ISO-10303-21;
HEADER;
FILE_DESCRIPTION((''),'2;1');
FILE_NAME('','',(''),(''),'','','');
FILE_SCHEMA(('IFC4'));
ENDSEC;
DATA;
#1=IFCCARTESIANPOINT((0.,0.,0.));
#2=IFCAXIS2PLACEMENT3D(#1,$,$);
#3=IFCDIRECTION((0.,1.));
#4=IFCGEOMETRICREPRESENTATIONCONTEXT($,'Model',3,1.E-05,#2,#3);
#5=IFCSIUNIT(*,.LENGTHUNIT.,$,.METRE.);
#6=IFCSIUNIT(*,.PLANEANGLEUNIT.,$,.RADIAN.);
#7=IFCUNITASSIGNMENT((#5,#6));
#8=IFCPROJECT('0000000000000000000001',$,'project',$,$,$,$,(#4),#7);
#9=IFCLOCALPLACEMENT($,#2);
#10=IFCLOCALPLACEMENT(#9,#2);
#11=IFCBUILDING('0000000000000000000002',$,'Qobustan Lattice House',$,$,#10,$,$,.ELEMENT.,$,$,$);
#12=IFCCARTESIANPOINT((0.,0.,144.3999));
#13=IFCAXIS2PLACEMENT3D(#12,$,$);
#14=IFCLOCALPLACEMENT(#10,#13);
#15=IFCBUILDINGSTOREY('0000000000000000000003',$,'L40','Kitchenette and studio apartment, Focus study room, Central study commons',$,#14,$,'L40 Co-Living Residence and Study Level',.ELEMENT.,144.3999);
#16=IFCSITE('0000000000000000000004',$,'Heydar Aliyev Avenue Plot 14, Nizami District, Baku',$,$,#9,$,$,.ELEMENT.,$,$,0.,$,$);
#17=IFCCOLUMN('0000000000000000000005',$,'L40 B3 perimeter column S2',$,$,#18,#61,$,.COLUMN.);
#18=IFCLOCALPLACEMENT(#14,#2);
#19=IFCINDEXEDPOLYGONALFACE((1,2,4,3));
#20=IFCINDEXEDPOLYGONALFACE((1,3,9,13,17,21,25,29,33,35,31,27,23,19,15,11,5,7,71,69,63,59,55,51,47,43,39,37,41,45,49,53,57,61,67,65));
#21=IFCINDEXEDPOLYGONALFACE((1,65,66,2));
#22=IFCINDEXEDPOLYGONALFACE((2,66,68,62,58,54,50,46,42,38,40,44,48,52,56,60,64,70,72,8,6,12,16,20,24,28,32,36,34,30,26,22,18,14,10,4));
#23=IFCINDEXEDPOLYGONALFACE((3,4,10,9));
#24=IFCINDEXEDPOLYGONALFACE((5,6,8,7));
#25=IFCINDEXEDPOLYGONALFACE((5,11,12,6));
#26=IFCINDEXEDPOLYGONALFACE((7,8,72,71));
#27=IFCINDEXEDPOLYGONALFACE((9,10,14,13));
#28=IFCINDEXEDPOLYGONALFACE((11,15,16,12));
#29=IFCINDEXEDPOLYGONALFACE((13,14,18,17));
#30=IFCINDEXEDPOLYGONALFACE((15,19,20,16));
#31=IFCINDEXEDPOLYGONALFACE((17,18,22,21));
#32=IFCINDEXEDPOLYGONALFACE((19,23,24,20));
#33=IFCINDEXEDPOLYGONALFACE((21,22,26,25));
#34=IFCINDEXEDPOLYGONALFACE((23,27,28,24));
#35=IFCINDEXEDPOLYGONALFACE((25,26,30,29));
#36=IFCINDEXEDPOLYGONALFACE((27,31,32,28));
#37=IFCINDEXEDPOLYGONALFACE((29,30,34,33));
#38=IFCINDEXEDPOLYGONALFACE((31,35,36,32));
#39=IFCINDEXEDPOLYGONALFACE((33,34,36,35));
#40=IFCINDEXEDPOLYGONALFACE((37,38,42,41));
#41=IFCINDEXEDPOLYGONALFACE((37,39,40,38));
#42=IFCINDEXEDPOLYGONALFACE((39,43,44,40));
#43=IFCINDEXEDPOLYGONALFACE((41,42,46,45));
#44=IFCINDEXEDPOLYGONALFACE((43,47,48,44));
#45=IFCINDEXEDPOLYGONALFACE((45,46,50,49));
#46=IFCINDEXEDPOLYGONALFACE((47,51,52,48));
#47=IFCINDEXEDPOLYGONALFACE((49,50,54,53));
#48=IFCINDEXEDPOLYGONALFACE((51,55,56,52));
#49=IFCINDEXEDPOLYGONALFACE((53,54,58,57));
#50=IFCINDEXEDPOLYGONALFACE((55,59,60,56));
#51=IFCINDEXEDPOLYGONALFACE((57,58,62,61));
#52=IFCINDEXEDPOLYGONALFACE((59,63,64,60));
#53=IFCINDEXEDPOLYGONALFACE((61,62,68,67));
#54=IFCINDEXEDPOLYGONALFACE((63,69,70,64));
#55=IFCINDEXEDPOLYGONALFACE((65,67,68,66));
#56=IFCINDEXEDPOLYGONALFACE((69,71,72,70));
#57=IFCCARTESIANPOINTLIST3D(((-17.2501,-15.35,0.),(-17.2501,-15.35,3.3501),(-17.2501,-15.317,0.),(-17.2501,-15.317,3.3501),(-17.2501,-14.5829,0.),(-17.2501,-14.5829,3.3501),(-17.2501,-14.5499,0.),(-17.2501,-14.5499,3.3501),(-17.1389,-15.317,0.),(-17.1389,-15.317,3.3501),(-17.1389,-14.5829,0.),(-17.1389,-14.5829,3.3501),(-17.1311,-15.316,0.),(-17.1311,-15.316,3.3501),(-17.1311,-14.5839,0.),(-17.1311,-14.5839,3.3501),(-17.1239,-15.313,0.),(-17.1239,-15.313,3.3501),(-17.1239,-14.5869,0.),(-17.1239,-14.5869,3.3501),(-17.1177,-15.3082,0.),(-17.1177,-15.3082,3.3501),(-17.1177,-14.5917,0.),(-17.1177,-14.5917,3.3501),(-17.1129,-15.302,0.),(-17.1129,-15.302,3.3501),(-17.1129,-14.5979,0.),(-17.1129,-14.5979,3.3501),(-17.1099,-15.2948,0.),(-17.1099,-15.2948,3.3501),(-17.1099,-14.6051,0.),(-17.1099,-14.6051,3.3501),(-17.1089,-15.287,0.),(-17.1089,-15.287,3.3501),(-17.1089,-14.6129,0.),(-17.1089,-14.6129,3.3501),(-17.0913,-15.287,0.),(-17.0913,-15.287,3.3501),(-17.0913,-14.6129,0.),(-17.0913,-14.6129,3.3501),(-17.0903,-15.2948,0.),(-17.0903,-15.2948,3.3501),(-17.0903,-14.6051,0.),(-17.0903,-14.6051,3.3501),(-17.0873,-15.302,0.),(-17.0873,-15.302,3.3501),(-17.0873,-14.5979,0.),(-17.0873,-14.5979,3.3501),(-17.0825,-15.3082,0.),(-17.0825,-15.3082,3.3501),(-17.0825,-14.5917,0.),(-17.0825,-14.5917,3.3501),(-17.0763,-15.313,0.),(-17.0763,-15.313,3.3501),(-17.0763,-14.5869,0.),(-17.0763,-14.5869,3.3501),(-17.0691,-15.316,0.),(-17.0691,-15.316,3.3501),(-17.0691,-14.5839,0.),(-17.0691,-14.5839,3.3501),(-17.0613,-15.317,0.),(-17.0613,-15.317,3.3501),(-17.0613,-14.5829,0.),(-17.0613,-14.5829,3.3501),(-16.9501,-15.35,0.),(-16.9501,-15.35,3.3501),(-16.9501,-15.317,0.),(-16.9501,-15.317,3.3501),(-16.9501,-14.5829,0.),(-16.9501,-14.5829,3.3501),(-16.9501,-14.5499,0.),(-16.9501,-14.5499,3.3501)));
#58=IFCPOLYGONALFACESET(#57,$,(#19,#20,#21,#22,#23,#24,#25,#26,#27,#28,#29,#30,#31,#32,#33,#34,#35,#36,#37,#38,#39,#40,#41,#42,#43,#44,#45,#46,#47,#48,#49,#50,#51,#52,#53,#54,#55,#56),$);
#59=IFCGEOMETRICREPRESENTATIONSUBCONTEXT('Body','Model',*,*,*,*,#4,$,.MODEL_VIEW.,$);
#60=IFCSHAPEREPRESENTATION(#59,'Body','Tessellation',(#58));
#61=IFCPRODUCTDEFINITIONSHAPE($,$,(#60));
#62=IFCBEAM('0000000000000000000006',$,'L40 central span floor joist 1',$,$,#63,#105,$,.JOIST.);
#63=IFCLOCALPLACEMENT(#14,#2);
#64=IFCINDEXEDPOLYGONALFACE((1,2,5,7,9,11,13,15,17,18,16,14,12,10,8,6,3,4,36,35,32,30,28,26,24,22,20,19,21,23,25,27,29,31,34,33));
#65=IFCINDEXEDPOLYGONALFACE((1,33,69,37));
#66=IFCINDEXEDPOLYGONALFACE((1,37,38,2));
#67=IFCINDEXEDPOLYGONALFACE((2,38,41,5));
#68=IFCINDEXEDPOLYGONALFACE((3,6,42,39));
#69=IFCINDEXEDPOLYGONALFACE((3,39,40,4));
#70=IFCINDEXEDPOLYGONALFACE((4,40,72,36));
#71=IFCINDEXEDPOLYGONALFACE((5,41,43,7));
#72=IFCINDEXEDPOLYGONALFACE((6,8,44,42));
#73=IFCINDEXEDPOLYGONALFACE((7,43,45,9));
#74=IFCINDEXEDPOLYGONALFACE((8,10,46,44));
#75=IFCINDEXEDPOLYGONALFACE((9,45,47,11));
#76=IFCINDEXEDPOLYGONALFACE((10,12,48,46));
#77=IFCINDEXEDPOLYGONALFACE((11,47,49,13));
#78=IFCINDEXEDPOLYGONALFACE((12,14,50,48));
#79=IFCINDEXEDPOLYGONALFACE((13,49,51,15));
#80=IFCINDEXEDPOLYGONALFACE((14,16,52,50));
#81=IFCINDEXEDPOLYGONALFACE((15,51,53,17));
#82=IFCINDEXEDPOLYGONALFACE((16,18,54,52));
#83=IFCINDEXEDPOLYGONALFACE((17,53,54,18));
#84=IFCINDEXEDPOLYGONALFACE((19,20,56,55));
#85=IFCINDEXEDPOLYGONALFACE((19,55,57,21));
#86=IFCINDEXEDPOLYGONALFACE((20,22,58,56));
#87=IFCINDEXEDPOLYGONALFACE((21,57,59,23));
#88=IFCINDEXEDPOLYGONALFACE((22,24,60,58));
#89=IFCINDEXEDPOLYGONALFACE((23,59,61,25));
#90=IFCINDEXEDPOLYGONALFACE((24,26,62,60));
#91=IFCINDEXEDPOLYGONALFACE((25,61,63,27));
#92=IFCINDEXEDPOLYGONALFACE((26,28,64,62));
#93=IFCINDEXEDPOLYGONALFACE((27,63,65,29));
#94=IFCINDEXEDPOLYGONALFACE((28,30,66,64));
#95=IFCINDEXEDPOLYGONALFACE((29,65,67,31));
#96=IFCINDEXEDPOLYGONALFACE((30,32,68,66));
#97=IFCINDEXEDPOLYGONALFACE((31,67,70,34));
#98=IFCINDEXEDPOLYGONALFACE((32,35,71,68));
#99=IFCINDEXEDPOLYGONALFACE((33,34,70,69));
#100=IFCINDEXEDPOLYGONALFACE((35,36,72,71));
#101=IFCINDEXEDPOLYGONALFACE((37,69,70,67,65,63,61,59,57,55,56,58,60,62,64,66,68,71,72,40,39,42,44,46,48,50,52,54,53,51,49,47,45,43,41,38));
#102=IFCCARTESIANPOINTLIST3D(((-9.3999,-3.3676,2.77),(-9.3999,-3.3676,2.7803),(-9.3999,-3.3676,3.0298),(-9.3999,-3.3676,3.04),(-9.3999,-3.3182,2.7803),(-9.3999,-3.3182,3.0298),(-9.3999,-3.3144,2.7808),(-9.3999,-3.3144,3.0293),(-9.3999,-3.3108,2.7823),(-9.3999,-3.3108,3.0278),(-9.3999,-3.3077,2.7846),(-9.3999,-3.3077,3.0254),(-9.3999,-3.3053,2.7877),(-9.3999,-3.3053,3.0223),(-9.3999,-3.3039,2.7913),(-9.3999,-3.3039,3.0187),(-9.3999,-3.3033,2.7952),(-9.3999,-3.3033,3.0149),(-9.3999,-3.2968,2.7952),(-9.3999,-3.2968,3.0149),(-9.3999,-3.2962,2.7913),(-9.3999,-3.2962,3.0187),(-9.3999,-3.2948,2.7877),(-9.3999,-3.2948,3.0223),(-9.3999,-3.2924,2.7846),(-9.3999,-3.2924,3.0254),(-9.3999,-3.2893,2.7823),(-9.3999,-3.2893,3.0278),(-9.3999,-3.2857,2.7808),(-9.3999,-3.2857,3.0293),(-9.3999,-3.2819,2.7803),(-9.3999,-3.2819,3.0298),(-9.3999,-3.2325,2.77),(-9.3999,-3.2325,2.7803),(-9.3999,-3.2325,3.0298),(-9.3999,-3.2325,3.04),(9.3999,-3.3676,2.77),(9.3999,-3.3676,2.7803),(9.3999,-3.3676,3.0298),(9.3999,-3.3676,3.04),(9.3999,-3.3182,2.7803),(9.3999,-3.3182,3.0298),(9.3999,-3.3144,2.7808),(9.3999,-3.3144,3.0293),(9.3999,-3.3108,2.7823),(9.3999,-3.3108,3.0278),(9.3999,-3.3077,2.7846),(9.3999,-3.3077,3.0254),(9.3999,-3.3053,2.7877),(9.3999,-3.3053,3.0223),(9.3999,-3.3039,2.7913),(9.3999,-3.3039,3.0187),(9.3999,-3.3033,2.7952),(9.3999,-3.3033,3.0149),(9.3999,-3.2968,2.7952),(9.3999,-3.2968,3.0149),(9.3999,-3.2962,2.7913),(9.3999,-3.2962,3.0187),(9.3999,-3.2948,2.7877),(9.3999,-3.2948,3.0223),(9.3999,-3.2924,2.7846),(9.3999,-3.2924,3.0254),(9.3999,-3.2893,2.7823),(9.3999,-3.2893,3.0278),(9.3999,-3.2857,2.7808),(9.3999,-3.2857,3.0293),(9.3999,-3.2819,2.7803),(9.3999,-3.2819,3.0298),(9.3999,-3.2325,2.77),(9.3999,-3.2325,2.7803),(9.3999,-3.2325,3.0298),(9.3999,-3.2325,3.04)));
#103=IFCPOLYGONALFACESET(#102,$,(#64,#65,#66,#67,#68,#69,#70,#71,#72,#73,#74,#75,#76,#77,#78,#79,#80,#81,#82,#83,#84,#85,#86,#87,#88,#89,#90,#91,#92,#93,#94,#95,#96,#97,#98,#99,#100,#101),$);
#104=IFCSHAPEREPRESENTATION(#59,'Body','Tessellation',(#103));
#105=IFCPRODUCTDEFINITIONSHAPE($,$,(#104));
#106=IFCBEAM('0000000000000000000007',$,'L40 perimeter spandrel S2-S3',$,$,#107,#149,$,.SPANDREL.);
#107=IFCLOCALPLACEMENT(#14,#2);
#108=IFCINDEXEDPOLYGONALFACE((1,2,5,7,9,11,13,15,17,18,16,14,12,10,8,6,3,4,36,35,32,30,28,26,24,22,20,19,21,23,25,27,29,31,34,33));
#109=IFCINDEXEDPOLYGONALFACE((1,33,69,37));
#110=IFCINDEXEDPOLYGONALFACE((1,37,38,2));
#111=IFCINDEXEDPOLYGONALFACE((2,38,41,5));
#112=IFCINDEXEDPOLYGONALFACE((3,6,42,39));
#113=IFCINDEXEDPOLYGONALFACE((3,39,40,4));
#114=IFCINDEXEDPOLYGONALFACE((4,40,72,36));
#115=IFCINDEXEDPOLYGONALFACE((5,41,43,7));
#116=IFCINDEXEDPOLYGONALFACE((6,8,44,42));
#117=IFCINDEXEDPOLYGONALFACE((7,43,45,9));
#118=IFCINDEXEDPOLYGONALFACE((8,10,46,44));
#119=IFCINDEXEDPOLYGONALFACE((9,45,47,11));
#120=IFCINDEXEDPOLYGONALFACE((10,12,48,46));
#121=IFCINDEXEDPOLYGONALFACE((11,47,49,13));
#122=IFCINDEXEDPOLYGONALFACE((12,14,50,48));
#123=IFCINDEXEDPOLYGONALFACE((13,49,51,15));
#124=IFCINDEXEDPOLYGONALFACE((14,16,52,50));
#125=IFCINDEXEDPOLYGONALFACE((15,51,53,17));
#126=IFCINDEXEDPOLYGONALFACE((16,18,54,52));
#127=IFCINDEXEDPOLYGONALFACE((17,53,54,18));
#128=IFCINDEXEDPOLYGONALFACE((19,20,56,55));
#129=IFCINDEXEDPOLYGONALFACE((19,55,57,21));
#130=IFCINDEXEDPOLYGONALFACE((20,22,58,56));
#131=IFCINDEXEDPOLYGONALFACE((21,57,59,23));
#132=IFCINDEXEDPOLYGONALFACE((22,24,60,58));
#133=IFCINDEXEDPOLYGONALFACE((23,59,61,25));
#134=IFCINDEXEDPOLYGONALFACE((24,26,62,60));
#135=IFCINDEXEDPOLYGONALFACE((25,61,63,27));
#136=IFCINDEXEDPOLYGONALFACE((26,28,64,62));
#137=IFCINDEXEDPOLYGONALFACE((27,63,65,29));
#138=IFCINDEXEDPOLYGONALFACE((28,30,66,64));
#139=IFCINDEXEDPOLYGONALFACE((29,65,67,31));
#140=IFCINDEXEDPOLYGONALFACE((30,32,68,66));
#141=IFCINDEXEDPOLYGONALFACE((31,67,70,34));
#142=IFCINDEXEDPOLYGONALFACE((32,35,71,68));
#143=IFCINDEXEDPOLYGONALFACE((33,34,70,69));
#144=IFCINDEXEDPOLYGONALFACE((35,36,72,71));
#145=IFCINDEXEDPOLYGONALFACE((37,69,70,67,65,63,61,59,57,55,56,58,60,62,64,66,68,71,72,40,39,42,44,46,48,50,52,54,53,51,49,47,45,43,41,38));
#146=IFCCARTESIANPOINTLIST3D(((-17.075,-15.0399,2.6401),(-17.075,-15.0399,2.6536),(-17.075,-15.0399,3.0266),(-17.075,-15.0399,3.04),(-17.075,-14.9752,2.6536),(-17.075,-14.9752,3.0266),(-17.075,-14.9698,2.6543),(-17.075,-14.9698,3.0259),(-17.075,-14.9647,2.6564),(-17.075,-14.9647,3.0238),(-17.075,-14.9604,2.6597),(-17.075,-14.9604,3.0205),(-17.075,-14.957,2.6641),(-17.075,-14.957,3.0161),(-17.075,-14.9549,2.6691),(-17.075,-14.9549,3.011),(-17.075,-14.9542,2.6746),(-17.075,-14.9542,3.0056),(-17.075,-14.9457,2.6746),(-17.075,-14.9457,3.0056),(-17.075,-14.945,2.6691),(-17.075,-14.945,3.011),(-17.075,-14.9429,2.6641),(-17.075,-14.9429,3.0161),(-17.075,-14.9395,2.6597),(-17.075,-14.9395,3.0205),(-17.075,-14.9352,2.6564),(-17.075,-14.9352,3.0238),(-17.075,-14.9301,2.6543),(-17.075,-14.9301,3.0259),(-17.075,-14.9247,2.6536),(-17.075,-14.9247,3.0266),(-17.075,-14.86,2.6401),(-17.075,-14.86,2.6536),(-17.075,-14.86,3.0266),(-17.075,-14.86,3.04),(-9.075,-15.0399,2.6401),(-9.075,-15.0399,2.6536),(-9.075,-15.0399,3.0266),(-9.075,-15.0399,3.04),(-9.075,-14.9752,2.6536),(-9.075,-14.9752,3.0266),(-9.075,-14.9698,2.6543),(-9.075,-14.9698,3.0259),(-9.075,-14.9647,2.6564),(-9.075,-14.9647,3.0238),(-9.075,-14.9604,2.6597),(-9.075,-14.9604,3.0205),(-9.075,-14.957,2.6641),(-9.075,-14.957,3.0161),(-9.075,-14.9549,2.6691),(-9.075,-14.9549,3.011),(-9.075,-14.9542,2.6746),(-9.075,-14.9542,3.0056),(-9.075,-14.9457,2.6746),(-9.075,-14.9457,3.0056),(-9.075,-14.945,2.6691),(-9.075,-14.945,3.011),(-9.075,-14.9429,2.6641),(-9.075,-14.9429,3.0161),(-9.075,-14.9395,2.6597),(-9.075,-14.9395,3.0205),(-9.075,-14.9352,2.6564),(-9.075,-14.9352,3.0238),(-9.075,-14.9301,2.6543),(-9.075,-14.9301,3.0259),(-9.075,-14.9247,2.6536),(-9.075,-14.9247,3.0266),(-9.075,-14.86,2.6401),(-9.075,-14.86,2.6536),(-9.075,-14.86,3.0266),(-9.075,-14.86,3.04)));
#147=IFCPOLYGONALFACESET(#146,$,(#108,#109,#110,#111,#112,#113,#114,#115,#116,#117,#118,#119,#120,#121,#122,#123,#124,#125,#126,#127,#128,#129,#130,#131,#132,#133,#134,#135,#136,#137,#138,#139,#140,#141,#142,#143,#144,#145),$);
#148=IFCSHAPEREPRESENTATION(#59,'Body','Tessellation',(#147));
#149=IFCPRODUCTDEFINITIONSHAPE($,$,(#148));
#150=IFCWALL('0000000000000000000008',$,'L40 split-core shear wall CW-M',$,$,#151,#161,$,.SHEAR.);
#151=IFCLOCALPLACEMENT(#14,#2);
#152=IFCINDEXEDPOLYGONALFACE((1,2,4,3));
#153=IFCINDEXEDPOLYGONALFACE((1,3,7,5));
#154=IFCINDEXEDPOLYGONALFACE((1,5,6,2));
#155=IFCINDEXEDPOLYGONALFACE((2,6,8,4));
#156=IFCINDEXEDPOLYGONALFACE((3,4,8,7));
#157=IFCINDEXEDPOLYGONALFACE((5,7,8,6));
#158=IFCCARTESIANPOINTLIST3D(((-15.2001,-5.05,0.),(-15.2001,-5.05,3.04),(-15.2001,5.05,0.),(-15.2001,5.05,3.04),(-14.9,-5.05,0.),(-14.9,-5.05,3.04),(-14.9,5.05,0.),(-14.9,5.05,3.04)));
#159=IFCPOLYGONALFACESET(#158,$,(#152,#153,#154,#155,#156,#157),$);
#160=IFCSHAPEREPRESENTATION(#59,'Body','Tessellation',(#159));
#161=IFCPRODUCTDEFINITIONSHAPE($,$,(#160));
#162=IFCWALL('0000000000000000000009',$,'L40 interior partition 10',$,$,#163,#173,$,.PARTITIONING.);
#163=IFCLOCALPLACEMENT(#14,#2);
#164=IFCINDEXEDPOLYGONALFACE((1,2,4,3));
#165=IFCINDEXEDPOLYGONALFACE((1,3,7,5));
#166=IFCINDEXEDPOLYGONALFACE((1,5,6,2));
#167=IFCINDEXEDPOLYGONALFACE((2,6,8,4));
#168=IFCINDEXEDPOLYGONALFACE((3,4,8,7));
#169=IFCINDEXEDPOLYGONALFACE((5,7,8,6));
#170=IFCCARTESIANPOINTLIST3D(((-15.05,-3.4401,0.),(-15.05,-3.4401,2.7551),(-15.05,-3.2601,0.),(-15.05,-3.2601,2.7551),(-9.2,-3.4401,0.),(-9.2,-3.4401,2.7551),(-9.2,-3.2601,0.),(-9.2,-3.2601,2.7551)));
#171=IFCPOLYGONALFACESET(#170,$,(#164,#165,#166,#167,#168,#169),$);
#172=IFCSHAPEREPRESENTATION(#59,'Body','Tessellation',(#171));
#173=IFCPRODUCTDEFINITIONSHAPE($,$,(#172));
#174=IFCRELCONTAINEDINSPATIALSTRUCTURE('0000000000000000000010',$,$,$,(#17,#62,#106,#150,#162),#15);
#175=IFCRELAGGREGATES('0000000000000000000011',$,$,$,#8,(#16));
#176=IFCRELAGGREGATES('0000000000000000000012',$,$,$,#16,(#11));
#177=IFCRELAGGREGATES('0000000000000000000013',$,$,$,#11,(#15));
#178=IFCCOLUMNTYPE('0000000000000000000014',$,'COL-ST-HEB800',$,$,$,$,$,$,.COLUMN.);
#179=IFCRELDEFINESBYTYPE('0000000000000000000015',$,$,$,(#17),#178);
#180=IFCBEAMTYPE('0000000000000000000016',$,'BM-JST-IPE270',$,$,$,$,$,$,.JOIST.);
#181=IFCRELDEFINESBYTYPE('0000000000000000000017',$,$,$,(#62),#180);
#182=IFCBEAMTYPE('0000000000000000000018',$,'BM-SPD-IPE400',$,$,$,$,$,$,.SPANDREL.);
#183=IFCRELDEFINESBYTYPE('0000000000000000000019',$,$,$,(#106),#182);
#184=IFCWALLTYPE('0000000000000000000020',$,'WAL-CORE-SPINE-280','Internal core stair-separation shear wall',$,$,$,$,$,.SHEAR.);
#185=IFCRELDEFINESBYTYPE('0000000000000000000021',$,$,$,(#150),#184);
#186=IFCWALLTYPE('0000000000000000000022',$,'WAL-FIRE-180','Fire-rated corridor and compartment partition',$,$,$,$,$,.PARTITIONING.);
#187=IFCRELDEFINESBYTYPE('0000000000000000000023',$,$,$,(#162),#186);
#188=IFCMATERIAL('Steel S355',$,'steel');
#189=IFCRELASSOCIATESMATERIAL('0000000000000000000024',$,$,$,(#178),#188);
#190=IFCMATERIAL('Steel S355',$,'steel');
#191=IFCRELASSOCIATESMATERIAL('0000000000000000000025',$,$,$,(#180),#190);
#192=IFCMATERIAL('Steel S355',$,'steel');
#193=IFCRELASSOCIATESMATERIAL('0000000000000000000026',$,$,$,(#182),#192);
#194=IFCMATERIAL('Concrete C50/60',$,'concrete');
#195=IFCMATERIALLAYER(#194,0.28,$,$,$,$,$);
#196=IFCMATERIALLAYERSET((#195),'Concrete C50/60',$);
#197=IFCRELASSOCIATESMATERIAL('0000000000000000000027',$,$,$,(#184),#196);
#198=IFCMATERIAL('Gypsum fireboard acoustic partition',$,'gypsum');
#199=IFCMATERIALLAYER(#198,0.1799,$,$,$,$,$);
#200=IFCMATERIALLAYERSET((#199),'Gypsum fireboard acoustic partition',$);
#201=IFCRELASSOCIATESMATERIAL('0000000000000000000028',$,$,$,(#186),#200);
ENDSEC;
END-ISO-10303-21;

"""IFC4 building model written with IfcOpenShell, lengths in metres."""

from ifc_helpers import new_model, si_unit, direction, frame, frame_2d, origin, origin_2d, place, context, subcontext, project, spatial, rectangle, i_section, extrude, material, layer, layer_set, material_profile, profile_set, type_object, element, save


model = new_model("IFC4")

# Units and contexts
model_context = context("Model", 3, precision=1e-05, world=origin(), true_north=direction((0.0, 1.0)))
body_context = subcontext(model_context, "Body", "Model", "MODEL_VIEW")
ifc_project = project(units=[si_unit("LENGTHUNIT", "METRE"), si_unit("PLANEANGLEUNIT", "RADIAN")], contexts=[model_context])

# Site, building, storey
site_placement = place(None, origin())
site = spatial("IfcSite", under=ifc_project, at=site_placement, Name="Heydar Aliyev Avenue Plot 14, Nizami District, Baku", CompositionType="ELEMENT", RefElevation=0.0)
building_placement = place(site_placement, origin())
building = spatial("IfcBuilding", under=site, at=building_placement, Name="Qobustan Lattice House", CompositionType="ELEMENT")
storey_placement = place(building_placement, frame((0.0, 0.0, 144.3999)))
storey = spatial("IfcBuildingStorey", under=building, at=storey_placement, Name="L40", Description="Kitchenette and studio apartment, Focus study room, Central study commons", LongName="L40 Co-Living Residence and Study Level", CompositionType="ELEMENT", Elevation=144.3999)

# Column
ifc_material_1 = material(Name="Steel S355", Category="steel")
ifc_material_profile_1 = material_profile(ifc_material_1, i_section(OverallWidth=0.3, OverallDepth=0.8, WebThickness=0.0176, FlangeThickness=0.033, FilletRadius=0.03, at=origin_2d()), Name="HEB800")
ifc_profile_set_1 = profile_set([ifc_material_profile_1], Name="Steel S355")
column_type = type_object("IfcColumnType", Name="COL-ST-HEB800", PredefinedType="COLUMN", material=ifc_profile_set_1)
column_placement = place(storey_placement, frame((-17.1001, -14.95, 0.0), z_axis=(0.0, 0.0, 1.0), x_axis=(1.0, 0.0, 0.0)))
element("IfcColumn", 1, at=column_placement, inside=storey, type_object=column_type, Name="L40 B3 perimeter column S2", PredefinedType="COLUMN", context=body_context, shape_type="SweptSolid", body=[
    extrude(i_section(OverallWidth=0.3, OverallDepth=0.8, WebThickness=0.0176, FlangeThickness=0.033, FilletRadius=0.03, at=origin_2d()), origin(), (0.0, 0.0, 1.0), 3.3501),
])

# Beams
ifc_material_2 = material(Name="Steel S355", Category="steel")
ifc_material_profile_2 = material_profile(ifc_material_2, i_section(OverallWidth=0.135, OverallDepth=0.27, WebThickness=0.0066, FlangeThickness=0.0103, FilletRadius=0.0149, at=origin_2d()), Name="IPE270")
ifc_profile_set_2 = profile_set([ifc_material_profile_2], Name="Steel S355")
beam_type_1 = type_object("IfcBeamType", Name="BM-JST-IPE270", PredefinedType="JOIST", material=ifc_profile_set_2)
beam_1_placement = place(storey_placement, frame((-9.3999, -3.3, 2.905), z_axis=(1.0, 0.0, 0.0), x_axis=(0.0, 1.0, 0.0)))
element("IfcBeam", 2, at=beam_1_placement, inside=storey, type_object=beam_type_1, Name="L40 central span floor joist 1", PredefinedType="JOIST", context=body_context, shape_type="SweptSolid", body=[
    extrude(i_section(OverallWidth=0.135, OverallDepth=0.27, WebThickness=0.0066, FlangeThickness=0.0103, FilletRadius=0.0149, at=origin_2d()), origin(), (0.0, 0.0, 1.0), 18.7998),
])
ifc_material_3 = material(Name="Steel S355", Category="steel")
ifc_material_profile_3 = material_profile(ifc_material_3, i_section(OverallWidth=0.1799, OverallDepth=0.3999, WebThickness=0.0085, FlangeThickness=0.0134, FilletRadius=0.021, at=origin_2d()), Name="IPE400")
ifc_profile_set_3 = profile_set([ifc_material_profile_3], Name="Steel S355")
beam_type_2 = type_object("IfcBeamType", Name="BM-SPD-IPE400", PredefinedType="SPANDREL", material=ifc_profile_set_3)
beam_2_placement = place(storey_placement, frame((-17.075, -14.95, 2.8401), z_axis=(1.0, 0.0, 0.0), x_axis=(0.0, 1.0, 0.0)))
element("IfcBeam", 3, at=beam_2_placement, inside=storey, type_object=beam_type_2, Name="L40 perimeter spandrel S2-S3", PredefinedType="SPANDREL", context=body_context, shape_type="SweptSolid", body=[
    extrude(i_section(OverallWidth=0.1799, OverallDepth=0.3999, WebThickness=0.0085, FlangeThickness=0.0134, FilletRadius=0.021, at=origin_2d()), origin(), (0.0, 0.0, 1.0), 8.0),
])

# Walls
ifc_material_4 = material(Name="Concrete C50/60", Category="concrete")
ifc_layer_1 = layer(ifc_material_4, 0.28)
ifc_layer_set_1 = layer_set([ifc_layer_1], Name="Concrete C50/60")
wall_type_1 = type_object("IfcWallType", Name="WAL-CORE-SPINE-280", Description="Internal core stair-separation shear wall", PredefinedType="SHEAR", material=ifc_layer_set_1)
wall_1_placement = place(storey_placement, frame((-15.05, -5.05, 0.0), z_axis=(0.0, 0.0, 1.0), x_axis=(0.0, 1.0, 0.0)))
element("IfcWall", 4, at=wall_1_placement, inside=storey, type_object=wall_type_1, Name="L40 split-core shear wall CW-M", PredefinedType="SHEAR", context=body_context, shape_type="SweptSolid", body=[
    extrude(rectangle(XDim=10.1001, YDim=0.3, at=frame_2d((5.05, 0.0))), origin(), (0.0, 0.0, 1.0), 3.04),
])
ifc_material_5 = material(Name="Gypsum fireboard acoustic partition", Category="gypsum")
ifc_layer_2 = layer(ifc_material_5, 0.1799)
ifc_layer_set_2 = layer_set([ifc_layer_2], Name="Gypsum fireboard acoustic partition")
wall_type_2 = type_object("IfcWallType", Name="WAL-FIRE-180", Description="Fire-rated corridor and compartment partition", PredefinedType="PARTITIONING", material=ifc_layer_set_2)
wall_2_placement = place(storey_placement, frame((-15.05, -3.3501, 0.0), z_axis=(0.0, 0.0, 1.0), x_axis=(1.0, 0.0, 0.0)))
element("IfcWall", 5, at=wall_2_placement, inside=storey, type_object=wall_type_2, Name="L40 interior partition 10", PredefinedType="PARTITIONING", context=body_context, shape_type="SweptSolid", body=[
    extrude(rectangle(XDim=5.8501, YDim=0.1799, at=frame_2d((2.925, 0.0))), origin(), (0.0, 0.0, 1.0), 2.7551),
])

save(model, "model.ifc")
